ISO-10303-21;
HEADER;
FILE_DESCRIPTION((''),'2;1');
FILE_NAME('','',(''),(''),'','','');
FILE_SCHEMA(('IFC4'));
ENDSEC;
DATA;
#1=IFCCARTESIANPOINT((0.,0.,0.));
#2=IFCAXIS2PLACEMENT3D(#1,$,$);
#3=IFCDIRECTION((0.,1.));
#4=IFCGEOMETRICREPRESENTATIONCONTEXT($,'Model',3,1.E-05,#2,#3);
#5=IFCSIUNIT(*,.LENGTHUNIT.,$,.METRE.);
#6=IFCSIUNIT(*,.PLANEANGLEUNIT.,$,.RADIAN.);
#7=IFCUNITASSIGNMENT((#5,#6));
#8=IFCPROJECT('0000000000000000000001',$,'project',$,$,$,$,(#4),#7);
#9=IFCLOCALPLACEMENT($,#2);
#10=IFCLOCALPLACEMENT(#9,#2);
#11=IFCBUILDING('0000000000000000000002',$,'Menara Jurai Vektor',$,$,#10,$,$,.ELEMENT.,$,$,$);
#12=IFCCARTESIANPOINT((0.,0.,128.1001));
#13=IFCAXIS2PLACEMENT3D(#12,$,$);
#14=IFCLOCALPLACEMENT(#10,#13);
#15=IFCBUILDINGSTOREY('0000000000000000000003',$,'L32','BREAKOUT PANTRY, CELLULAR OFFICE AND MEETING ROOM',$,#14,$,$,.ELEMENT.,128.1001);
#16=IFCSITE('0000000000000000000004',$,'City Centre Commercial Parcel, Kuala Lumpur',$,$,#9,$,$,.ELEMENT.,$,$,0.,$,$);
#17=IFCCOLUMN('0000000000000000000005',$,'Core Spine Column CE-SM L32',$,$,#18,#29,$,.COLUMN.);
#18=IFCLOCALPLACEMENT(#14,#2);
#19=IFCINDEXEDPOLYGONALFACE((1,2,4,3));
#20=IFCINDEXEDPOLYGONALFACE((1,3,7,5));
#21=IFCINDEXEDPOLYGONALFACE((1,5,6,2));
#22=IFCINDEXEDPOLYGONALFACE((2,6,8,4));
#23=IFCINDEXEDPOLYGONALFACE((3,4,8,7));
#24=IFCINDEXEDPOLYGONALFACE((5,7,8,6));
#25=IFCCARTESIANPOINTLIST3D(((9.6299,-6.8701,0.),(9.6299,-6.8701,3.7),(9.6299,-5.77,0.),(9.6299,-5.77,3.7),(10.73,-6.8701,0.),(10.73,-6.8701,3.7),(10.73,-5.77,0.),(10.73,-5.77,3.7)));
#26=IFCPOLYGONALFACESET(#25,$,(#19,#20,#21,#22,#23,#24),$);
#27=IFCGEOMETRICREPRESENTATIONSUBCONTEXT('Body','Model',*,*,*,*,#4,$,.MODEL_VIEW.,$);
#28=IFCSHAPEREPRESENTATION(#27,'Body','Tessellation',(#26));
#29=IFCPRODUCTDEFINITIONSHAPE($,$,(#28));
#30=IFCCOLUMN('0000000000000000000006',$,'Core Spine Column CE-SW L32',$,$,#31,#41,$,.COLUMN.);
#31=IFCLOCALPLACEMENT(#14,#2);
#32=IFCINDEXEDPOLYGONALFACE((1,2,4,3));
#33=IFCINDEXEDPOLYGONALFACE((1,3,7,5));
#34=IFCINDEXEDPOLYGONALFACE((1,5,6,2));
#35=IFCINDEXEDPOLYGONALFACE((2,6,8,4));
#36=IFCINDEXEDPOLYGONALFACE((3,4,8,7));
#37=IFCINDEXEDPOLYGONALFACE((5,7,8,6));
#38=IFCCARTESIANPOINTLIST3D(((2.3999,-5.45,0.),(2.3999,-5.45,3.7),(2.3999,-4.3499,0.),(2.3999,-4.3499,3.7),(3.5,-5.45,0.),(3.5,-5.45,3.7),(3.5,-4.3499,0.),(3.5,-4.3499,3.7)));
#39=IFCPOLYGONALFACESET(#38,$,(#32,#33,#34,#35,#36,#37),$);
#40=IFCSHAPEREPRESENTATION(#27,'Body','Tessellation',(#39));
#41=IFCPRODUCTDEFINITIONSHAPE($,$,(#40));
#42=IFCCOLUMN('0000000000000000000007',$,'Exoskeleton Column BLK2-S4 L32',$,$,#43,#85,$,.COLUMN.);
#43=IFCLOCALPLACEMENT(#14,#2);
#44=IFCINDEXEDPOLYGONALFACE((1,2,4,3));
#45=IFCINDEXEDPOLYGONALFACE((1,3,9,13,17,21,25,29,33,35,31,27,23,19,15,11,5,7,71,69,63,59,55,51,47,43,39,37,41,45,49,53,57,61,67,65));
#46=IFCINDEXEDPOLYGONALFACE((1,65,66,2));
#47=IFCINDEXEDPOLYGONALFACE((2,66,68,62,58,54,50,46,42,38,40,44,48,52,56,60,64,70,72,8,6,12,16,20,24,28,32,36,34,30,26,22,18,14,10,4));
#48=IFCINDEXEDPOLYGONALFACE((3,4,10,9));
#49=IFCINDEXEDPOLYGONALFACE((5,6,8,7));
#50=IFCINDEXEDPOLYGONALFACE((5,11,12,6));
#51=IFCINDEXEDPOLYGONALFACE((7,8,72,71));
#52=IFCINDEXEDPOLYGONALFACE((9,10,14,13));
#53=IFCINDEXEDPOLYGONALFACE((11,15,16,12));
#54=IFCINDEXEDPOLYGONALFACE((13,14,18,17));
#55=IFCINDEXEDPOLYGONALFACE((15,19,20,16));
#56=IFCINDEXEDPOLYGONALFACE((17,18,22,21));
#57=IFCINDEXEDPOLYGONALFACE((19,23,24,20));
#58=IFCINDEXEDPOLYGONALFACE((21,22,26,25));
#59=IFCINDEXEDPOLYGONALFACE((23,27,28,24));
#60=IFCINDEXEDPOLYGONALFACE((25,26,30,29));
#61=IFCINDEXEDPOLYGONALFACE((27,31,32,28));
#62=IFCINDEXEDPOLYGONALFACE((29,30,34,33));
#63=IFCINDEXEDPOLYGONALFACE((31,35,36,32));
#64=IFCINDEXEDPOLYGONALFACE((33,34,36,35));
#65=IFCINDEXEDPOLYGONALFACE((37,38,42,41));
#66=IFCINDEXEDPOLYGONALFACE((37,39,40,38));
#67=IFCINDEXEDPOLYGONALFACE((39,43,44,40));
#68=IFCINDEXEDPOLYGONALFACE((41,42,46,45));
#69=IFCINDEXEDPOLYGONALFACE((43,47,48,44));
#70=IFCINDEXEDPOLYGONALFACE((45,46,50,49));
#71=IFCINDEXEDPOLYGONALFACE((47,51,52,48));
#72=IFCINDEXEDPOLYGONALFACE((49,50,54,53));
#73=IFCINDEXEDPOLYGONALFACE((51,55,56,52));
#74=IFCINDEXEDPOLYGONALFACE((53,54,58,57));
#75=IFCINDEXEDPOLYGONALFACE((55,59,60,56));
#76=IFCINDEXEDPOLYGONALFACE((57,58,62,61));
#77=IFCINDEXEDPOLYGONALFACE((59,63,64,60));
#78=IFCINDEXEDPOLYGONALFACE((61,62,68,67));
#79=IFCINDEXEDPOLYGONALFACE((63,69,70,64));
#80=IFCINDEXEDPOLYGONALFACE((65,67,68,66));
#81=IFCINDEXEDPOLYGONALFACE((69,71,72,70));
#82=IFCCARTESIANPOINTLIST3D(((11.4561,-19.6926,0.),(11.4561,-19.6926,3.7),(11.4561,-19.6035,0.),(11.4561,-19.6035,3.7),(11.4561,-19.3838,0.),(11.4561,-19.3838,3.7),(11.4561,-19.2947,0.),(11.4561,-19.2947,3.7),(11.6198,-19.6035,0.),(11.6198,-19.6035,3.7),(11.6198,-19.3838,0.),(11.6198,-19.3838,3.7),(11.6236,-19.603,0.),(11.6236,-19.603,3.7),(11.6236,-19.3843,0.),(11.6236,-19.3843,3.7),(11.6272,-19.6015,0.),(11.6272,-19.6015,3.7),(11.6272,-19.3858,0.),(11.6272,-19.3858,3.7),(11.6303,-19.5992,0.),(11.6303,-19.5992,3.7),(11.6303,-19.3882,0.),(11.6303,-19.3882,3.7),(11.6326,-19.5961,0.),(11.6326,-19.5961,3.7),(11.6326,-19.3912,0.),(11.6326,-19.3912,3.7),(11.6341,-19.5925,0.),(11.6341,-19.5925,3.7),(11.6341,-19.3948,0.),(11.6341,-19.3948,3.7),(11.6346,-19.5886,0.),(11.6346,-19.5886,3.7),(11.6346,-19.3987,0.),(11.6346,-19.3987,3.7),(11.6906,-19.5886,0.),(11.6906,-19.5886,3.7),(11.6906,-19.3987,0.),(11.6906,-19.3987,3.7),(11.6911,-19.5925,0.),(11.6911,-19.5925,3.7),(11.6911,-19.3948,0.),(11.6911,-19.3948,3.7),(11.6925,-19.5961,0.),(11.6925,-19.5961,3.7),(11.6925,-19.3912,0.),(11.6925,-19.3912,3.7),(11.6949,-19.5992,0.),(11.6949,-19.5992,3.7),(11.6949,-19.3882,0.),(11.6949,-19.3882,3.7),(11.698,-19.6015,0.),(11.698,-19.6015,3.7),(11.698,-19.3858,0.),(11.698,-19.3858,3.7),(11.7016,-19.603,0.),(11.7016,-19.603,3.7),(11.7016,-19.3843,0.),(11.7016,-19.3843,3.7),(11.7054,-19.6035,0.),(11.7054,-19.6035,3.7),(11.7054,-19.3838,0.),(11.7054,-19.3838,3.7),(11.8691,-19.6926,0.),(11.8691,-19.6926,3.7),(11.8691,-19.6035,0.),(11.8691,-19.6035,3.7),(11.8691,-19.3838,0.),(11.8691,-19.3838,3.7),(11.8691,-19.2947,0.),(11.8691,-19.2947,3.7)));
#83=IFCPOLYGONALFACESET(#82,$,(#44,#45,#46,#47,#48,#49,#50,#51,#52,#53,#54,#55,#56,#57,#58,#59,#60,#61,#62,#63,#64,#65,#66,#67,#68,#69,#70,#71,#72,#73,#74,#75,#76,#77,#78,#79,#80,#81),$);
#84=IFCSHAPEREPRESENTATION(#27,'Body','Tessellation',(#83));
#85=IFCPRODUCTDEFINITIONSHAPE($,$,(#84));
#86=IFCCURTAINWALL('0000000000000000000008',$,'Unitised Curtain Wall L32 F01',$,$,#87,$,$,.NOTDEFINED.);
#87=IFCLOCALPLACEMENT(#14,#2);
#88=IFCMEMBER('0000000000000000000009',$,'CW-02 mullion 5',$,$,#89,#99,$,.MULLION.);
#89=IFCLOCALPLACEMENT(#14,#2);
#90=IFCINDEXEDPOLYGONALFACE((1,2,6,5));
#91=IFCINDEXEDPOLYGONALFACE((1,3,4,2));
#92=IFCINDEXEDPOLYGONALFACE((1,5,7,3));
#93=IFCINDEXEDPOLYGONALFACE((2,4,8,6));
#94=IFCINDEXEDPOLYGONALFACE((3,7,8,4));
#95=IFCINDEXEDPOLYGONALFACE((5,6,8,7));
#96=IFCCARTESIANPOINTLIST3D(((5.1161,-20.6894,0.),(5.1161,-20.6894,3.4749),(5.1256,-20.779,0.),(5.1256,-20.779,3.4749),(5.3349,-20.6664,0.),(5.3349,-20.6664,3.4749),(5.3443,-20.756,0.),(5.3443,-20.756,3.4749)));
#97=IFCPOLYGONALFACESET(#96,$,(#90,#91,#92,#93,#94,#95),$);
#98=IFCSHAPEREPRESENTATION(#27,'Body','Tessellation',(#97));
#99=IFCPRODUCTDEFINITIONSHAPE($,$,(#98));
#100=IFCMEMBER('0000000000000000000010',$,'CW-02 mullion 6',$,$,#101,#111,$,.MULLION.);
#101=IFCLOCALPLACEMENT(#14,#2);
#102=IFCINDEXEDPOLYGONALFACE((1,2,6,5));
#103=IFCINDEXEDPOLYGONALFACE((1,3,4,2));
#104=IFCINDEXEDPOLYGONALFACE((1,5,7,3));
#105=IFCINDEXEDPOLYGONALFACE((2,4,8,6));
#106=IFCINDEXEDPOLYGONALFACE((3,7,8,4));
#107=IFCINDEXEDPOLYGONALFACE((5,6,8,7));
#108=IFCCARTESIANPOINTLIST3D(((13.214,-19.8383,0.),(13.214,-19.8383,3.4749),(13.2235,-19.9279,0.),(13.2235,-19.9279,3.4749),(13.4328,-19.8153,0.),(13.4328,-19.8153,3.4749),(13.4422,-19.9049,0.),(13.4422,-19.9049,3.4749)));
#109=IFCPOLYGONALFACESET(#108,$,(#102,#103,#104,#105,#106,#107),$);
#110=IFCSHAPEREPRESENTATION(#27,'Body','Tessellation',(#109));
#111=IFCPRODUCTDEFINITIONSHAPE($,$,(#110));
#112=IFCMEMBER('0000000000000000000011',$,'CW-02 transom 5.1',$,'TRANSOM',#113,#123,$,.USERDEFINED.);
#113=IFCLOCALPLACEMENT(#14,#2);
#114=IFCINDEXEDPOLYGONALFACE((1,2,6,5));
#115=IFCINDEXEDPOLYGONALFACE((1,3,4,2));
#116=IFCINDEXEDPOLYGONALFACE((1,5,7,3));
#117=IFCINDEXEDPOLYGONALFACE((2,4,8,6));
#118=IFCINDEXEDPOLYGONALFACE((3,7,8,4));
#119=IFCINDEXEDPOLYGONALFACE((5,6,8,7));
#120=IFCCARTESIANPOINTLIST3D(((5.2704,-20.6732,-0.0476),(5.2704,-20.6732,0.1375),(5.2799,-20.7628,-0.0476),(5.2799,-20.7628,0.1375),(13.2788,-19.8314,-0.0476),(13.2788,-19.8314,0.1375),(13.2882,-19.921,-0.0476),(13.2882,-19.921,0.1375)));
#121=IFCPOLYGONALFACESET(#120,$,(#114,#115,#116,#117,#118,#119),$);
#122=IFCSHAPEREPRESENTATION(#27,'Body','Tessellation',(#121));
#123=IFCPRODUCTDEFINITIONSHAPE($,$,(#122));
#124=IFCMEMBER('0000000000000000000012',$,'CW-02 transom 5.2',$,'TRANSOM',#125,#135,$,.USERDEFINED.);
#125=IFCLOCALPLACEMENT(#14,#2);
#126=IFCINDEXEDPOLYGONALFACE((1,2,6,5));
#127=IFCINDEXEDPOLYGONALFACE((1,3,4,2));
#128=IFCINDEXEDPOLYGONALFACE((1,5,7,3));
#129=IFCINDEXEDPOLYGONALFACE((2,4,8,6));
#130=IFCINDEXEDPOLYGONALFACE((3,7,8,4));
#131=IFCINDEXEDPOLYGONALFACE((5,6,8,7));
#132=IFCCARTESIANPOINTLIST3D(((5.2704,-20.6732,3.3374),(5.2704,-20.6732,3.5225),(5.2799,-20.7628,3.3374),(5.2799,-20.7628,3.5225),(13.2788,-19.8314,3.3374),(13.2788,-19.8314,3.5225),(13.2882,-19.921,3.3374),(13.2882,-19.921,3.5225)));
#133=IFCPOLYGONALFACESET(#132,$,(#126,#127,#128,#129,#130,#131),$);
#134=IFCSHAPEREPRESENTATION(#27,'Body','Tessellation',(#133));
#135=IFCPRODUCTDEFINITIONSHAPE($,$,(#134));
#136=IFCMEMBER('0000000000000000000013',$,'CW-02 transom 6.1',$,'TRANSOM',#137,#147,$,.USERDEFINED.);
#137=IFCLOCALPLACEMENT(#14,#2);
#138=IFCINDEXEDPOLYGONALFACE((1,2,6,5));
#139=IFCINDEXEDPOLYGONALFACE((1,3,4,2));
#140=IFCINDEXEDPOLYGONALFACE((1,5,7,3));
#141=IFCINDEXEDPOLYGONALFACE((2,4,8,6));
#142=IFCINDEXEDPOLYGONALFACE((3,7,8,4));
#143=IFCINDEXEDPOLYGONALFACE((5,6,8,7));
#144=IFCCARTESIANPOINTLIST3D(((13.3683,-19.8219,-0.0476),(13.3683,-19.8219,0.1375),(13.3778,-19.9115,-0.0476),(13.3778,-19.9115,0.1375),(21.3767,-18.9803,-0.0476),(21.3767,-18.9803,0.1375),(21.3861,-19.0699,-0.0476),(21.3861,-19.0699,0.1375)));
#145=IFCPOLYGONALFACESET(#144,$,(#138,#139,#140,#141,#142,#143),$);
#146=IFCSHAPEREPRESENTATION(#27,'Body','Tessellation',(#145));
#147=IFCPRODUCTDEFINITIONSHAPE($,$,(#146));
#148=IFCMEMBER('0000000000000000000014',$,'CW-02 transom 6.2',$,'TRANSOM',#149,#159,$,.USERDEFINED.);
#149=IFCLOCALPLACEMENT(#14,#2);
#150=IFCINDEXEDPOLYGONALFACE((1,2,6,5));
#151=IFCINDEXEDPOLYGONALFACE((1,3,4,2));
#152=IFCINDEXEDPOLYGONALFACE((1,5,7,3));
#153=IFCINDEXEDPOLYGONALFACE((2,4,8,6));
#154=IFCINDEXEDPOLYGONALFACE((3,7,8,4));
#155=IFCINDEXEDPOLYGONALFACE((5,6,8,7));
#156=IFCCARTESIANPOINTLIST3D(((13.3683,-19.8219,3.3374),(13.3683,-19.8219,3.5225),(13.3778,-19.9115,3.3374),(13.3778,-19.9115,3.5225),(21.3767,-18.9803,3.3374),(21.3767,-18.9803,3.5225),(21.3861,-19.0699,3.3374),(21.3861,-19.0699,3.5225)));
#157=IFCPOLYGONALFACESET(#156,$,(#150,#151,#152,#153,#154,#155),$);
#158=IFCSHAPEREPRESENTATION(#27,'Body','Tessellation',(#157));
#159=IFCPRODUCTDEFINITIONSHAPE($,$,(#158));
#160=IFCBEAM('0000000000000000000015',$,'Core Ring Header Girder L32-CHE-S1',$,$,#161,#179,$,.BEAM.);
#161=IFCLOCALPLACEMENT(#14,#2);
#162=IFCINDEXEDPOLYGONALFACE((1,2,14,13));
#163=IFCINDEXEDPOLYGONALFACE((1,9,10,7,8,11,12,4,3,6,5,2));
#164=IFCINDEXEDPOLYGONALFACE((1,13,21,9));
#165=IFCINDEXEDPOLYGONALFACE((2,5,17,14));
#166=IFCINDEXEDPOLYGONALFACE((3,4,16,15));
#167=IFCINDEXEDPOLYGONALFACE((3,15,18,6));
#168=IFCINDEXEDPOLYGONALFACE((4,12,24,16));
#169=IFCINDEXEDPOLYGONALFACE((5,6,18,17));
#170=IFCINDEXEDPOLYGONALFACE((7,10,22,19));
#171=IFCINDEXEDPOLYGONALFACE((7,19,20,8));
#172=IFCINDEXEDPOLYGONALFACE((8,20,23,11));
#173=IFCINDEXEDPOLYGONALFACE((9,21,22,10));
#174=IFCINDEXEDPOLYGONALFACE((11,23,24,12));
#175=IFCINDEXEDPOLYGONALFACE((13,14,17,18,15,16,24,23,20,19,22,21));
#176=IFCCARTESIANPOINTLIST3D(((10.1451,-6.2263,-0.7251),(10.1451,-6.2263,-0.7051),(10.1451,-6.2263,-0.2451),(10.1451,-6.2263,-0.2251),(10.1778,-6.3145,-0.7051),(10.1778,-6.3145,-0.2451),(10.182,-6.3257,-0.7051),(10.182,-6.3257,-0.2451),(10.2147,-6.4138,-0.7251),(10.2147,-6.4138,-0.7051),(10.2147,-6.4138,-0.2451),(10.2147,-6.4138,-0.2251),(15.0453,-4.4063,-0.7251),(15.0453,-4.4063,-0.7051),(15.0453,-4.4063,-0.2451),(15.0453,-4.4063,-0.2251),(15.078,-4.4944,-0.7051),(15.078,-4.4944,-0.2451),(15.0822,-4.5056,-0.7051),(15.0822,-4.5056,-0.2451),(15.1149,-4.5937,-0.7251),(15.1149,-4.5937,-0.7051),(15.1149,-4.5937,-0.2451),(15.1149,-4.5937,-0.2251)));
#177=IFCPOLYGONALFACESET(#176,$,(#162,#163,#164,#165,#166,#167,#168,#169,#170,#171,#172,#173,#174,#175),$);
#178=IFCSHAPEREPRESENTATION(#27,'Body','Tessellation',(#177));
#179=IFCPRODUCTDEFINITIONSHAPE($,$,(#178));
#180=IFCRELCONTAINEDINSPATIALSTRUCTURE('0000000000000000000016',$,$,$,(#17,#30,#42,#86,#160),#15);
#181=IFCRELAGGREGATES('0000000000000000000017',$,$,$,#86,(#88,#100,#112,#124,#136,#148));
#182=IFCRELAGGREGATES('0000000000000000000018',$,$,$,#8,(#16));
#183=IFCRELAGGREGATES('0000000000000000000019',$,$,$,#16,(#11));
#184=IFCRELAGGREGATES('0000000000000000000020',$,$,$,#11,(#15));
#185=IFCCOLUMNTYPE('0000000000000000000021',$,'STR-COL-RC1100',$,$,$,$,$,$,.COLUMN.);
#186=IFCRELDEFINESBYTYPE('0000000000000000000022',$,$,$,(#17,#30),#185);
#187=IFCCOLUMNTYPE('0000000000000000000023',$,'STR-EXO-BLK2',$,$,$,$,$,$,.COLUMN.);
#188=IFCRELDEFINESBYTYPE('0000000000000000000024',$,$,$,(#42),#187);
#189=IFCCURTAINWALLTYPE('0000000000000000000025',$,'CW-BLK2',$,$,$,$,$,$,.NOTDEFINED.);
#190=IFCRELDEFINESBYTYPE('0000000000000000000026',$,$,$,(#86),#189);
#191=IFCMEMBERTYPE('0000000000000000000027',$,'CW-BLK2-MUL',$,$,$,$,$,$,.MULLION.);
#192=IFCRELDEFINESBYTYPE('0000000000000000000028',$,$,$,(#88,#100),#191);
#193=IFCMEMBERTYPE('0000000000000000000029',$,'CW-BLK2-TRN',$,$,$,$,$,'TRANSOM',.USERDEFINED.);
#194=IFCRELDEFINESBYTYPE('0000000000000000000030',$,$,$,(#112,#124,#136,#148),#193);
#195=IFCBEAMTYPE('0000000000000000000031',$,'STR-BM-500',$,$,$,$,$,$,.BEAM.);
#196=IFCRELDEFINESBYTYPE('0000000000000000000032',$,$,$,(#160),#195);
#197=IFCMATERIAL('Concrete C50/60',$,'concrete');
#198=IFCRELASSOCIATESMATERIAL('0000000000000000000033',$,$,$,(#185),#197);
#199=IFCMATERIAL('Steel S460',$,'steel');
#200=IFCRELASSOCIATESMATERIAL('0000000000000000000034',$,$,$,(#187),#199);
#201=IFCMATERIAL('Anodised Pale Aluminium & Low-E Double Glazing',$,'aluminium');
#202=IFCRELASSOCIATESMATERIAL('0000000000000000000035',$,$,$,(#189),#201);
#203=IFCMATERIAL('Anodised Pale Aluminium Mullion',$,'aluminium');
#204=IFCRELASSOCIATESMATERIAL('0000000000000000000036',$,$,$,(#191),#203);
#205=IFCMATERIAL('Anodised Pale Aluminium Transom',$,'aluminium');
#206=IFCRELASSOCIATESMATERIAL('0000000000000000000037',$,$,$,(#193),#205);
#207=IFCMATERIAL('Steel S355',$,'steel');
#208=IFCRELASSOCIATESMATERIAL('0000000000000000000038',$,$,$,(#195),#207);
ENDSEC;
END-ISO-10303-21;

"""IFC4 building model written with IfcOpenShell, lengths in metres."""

from ifc_helpers import new_model, si_unit, direction, frame, origin, origin_2d, place, context, subcontext, project, spatial, rectangle, i_section, extrude, material, material_profile, profile_set, type_object, element, aggregate, save


model = new_model("IFC4")

# Units and contexts
model_context = context("Model", 3, precision=1e-05, world=origin(), true_north=direction((0.0, 1.0)))
body_context = subcontext(model_context, "Body", "Model", "MODEL_VIEW")
ifc_project = project(units=[si_unit("LENGTHUNIT", "METRE"), si_unit("PLANEANGLEUNIT", "RADIAN")], contexts=[model_context])

# Site, building, storey
site_placement = place(None, origin())
site = spatial("IfcSite", under=ifc_project, at=site_placement, Name="City Centre Commercial Parcel, Kuala Lumpur", CompositionType="ELEMENT", RefElevation=0.0)
building_placement = place(site_placement, origin())
building = spatial("IfcBuilding", under=site, at=building_placement, Name="Menara Jurai Vektor", CompositionType="ELEMENT")
storey_placement = place(building_placement, frame((0.0, 0.0, 128.1001)))
storey = spatial("IfcBuildingStorey", under=building, at=storey_placement, Name="L32", Description="BREAKOUT PANTRY, CELLULAR OFFICE AND MEETING ROOM", CompositionType="ELEMENT", Elevation=128.1001)

# Columns
ifc_material_1 = material(Name="Concrete C50/60", Category="concrete")
ifc_material_profile_1 = material_profile(ifc_material_1, rectangle(XDim=1.1001, YDim=1.1001, at=origin_2d()), Name="RC 1100x1100")
ifc_profile_set_1 = profile_set([ifc_material_profile_1], Name="Concrete C50/60")
column_type_1 = type_object("IfcColumnType", Name="STR-COL-RC1100", PredefinedType="COLUMN", material=ifc_profile_set_1)
for number, where, z_axis, x_axis, name in (
    (1, (10.1799, -6.3201, 0.0), (0.0, 0.0, 1.0), (1.0, 0.0, 0.0), "Core Spine Column CE-SM L32"),
    (2, (2.95, -4.8999, 0.0), (0.0, 0.0, 1.0), (1.0, 0.0, 0.0), "Core Spine Column CE-SW L32"),
):
    element("IfcColumn", number, at=place(storey_placement, frame(where, z_axis=z_axis, x_axis=x_axis)), inside=storey, type_object=column_type_1, Name=name, PredefinedType="COLUMN", context=body_context, shape_type="SweptSolid", body=[
        extrude(rectangle(XDim=1.1001, YDim=1.1001, at=origin_2d()), origin(), (0.0, 0.0, 1.0), 3.7),
    ])
ifc_material_2 = material(Name="Steel S460", Category="steel")
ifc_material_profile_2 = material_profile(ifc_material_2, i_section(OverallWidth=0.4131, OverallDepth=0.3979, WebThickness=0.0559, FlangeThickness=0.0891, FilletRadius=0.0149, at=origin_2d()), Name="HD 400x744")
ifc_profile_set_2 = profile_set([ifc_material_profile_2], Name="Steel S460")
column_type_2 = type_object("IfcColumnType", Name="STR-EXO-BLK2", PredefinedType="COLUMN", material=ifc_profile_set_2)
column_placement = place(storey_placement, frame((11.6626, -19.4937, 0.0), z_axis=(0.0, 0.0, 1.0), x_axis=(1.0, 0.0, 0.0)))
element("IfcColumn", 3, at=column_placement, inside=storey, type_object=column_type_2, Name="Exoskeleton Column BLK2-S4 L32", PredefinedType="COLUMN", context=body_context, shape_type="SweptSolid", body=[
    extrude(i_section(OverallWidth=0.4131, OverallDepth=0.3979, WebThickness=0.0559, FlangeThickness=0.0891, FilletRadius=0.0149, at=origin_2d()), origin(), (0.0, 0.0, 1.0), 3.7),
])

# Curtain wall, members
ifc_material_3 = material(Name="Anodised Pale Aluminium & Low-E Double Glazing", Category="aluminium")
curtain_wall_type = type_object("IfcCurtainWallType", Name="CW-BLK2", PredefinedType="NOTDEFINED", material=ifc_material_3)
curtain_wall_placement = place(storey_placement, origin())
curtain_wall = element("IfcCurtainWall", 4, at=curtain_wall_placement, inside=storey, type_object=curtain_wall_type, Name="Unitised Curtain Wall L32 F01", PredefinedType="NOTDEFINED")
ifc_material_4 = material(Name="Anodised Pale Aluminium Mullion", Category="aluminium")
ifc_material_profile_3 = material_profile(ifc_material_4, rectangle(XDim=0.0901, YDim=0.22, at=origin_2d()), Name="ALU MUL 90x220")
ifc_profile_set_3 = profile_set([ifc_material_profile_3], Name="Anodised Pale Aluminium Mullion")
member_type_1 = type_object("IfcMemberType", Name="CW-BLK2-MUL", PredefinedType="MULLION", material=ifc_profile_set_3)
member_1_placement = place(storey_placement, frame((5.2302, -20.7227, 0.0), z_axis=(0.0, 0.0, 1.0), x_axis=(-0.104529, 0.994522, 0.0)))
member_1 = element("IfcMember", 5, at=member_1_placement, type_object=member_type_1, Name="CW-02 mullion 5", PredefinedType="MULLION", context=body_context, shape_type="SweptSolid", body=[
    extrude(rectangle(XDim=0.0901, YDim=0.22, at=origin_2d()), origin(), (0.0, 0.0, 1.0), 3.4749),
])
member_2_placement = place(storey_placement, frame((13.3281, -19.8716, 0.0), z_axis=(0.0, 0.0, 1.0), x_axis=(-0.104529, 0.994522, 0.0)))
member_2 = element("IfcMember", 6, at=member_2_placement, type_object=member_type_1, Name="CW-02 mullion 6", PredefinedType="MULLION", context=body_context, shape_type="SweptSolid", body=[
    extrude(rectangle(XDim=0.0901, YDim=0.22, at=origin_2d()), origin(), (0.0, 0.0, 1.0), 3.4749),
])
ifc_material_5 = material(Name="Anodised Pale Aluminium Transom", Category="aluminium")
ifc_material_profile_4 = material_profile(ifc_material_5, rectangle(XDim=0.0901, YDim=0.1851, at=origin_2d()), Name="ALU TRN 90x185")
ifc_profile_set_4 = profile_set([ifc_material_profile_4], Name="Anodised Pale Aluminium Transom")
member_type_2 = type_object("IfcMemberType", Name="CW-BLK2-TRN", ElementType="TRANSOM", PredefinedType="USERDEFINED", material=ifc_profile_set_4)
member_3_placement = place(storey_placement, frame((5.2751, -20.718, 0.0449), z_axis=(0.994521, 0.10454, 0.0), x_axis=(-0.10454, 0.994521, 0.0)))
member_3 = element("IfcMember", 7, at=member_3_placement, type_object=member_type_2, Name="CW-02 transom 5.1", ObjectType="TRANSOM", PredefinedType="USERDEFINED", context=body_context, shape_type="SweptSolid", body=[
    extrude(rectangle(XDim=0.0901, YDim=0.1851, at=origin_2d()), origin(), (0.0, 0.0, 1.0), 8.0525),
])
member_4_placement = place(storey_placement, frame((5.2751, -20.718, 3.4299), z_axis=(0.994521, 0.10454, 0.0), x_axis=(-0.10454, 0.994521, 0.0)))
member_4 = element("IfcMember", 8, at=member_4_placement, type_object=member_type_2, Name="CW-02 transom 5.2", ObjectType="TRANSOM", PredefinedType="USERDEFINED", context=body_context, shape_type="SweptSolid", body=[
    extrude(rectangle(XDim=0.0901, YDim=0.1851, at=origin_2d()), origin(), (0.0, 0.0, 1.0), 8.0525),
])
member_5_placement = place(storey_placement, frame((13.373, -19.8667, 0.0449), z_axis=(0.994524, 0.10451, 0.0), x_axis=(-0.10451, 0.994524, 0.0)))
member_5 = element("IfcMember", 9, at=member_5_placement, type_object=member_type_2, Name="CW-02 transom 6.1", ObjectType="TRANSOM", PredefinedType="USERDEFINED", context=body_context, shape_type="SweptSolid", body=[
    extrude(rectangle(XDim=0.0901, YDim=0.1851, at=origin_2d()), origin(), (0.0, 0.0, 1.0), 8.0525),
])
member_6_placement = place(storey_placement, frame((13.373, -19.8667, 3.4299), z_axis=(0.994524, 0.10451, 0.0), x_axis=(-0.10451, 0.994524, 0.0)))
member_6 = element("IfcMember", 10, at=member_6_placement, type_object=member_type_2, Name="CW-02 transom 6.2", ObjectType="TRANSOM", PredefinedType="USERDEFINED", context=body_context, shape_type="SweptSolid", body=[
    extrude(rectangle(XDim=0.0901, YDim=0.1851, at=origin_2d()), origin(), (0.0, 0.0, 1.0), 8.0525),
])

# Beam
ifc_material_6 = material(Name="Steel S355", Category="steel")
ifc_material_profile_5 = material_profile(ifc_material_6, i_section(OverallWidth=0.2, OverallDepth=0.5, WebThickness=0.012, FlangeThickness=0.02, at=origin_2d()), Name="PG 500x200x96")
ifc_profile_set_5 = profile_set([ifc_material_profile_5], Name="Steel S355")
beam_type_1 = type_object("IfcBeamType", Name="STR-BM-500", PredefinedType="BEAM", material=ifc_profile_set_5)
beam_1_placement = place(storey_placement, frame((10.1799, -6.3201, -0.4751), z_axis=(0.937424, 0.348189, 0.0), x_axis=(-0.348189, 0.937424, 0.0)))
element("IfcBeam", 11, at=beam_1_placement, inside=storey, type_object=beam_type_1, Name="Core Ring Header Girder L32-CHE-S1", PredefinedType="BEAM", context=body_context, shape_type="SweptSolid", body=[
    extrude(i_section(OverallWidth=0.2, OverallDepth=0.5, WebThickness=0.012, FlangeThickness=0.02, at=origin_2d()), origin(), (0.0, 0.0, 1.0), 5.2273),
])

aggregate(curtain_wall, [member_1, member_2, member_3, member_4, member_5, member_6])

save(model, "model.ifc")
